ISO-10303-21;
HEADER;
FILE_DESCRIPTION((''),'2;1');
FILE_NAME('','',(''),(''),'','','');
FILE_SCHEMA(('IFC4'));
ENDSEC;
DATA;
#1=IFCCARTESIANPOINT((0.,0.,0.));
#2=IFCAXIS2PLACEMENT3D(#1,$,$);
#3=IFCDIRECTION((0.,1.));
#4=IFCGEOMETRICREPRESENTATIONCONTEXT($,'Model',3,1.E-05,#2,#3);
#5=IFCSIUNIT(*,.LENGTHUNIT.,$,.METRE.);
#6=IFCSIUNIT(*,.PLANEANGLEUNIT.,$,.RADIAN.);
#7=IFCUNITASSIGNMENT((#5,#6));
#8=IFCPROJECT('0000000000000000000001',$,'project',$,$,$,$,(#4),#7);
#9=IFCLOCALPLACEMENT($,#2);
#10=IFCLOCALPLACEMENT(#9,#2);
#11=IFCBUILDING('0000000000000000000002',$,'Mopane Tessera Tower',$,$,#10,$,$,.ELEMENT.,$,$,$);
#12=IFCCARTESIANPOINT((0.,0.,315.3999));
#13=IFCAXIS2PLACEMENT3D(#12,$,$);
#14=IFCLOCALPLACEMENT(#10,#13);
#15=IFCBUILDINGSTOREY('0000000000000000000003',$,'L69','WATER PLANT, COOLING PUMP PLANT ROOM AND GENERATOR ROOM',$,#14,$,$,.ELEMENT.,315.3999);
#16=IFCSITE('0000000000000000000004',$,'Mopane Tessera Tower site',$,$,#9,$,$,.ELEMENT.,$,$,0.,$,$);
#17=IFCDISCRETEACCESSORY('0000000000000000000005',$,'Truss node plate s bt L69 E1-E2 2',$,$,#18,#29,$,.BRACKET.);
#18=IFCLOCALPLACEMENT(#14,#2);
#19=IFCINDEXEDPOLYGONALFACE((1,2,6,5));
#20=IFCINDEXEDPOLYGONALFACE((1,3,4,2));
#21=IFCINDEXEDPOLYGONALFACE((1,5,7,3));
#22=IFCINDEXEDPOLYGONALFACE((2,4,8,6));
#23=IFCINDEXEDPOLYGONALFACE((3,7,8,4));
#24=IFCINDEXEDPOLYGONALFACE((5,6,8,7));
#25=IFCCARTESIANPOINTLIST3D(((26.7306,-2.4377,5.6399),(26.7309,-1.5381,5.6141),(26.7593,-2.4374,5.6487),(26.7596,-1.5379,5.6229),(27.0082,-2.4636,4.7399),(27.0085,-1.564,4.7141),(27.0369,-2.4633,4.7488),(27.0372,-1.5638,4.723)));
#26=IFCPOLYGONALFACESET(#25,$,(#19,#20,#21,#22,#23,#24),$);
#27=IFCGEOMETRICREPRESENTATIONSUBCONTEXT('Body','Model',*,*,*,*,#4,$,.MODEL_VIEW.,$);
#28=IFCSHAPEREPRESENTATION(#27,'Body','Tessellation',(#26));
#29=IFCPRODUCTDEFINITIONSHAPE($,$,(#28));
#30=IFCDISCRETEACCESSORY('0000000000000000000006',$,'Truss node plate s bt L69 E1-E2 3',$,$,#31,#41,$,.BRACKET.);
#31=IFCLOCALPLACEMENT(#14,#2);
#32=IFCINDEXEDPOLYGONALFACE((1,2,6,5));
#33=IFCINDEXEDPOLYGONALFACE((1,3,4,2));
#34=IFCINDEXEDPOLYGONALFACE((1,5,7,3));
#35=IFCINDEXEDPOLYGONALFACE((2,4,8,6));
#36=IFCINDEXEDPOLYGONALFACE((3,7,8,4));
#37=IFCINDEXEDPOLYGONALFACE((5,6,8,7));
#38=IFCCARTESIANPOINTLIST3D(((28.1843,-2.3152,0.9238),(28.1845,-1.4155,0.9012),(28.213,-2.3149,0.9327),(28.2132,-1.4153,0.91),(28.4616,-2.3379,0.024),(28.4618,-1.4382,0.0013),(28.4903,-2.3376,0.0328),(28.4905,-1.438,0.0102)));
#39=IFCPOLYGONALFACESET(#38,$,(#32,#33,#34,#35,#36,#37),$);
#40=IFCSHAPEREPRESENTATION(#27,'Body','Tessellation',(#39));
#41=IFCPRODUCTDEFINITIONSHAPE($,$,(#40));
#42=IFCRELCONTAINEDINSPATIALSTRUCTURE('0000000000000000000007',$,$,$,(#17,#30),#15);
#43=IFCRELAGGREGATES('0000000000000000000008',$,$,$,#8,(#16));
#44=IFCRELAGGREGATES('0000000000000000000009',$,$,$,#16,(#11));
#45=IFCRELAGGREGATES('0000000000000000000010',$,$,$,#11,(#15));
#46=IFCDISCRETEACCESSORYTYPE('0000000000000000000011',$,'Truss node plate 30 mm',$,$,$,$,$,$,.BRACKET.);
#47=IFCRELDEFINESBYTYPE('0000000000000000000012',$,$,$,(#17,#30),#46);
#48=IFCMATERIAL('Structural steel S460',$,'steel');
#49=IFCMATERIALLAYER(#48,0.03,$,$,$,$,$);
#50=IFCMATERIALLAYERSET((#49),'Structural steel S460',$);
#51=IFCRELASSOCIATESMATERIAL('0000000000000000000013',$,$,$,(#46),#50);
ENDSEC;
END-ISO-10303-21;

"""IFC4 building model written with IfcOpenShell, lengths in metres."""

from ifc_helpers import new_model, si_unit, direction, frame, origin, origin_2d, place, context, subcontext, project, spatial, rectangle, extrude, material, layer, layer_set, type_object, element, save


model = new_model("IFC4")

# Units and contexts
model_context = context("Model", 3, precision=1e-05, world=origin(), true_north=direction((0.0, 1.0)))
body_context = subcontext(model_context, "Body", "Model", "MODEL_VIEW")
ifc_project = project(units=[si_unit("LENGTHUNIT", "METRE"), si_unit("PLANEANGLEUNIT", "RADIAN")], contexts=[model_context])

# Site, building, storey
site_placement = place(None, origin())
site = spatial("IfcSite", under=ifc_project, at=site_placement, Name="Mopane Tessera Tower site", CompositionType="ELEMENT", RefElevation=0.0)
building_placement = place(site_placement, origin())
building = spatial("IfcBuilding", under=site, at=building_placement, Name="Mopane Tessera Tower", CompositionType="ELEMENT")
storey_placement = place(building_placement, frame((0.0, 0.0, 315.3999)))
storey = spatial("IfcBuildingStorey", under=building, at=storey_placement, Name="L69", Description="WATER PLANT, COOLING PUMP PLANT ROOM AND GENERATOR ROOM", CompositionType="ELEMENT", Elevation=315.3999)

# Discrete accessories
ifc_material_1 = material(Name="Structural steel S460", Category="steel")
ifc_layer_1 = layer(ifc_material_1, 0.03)
ifc_layer_set_1 = layer_set([ifc_layer_1], Name="Structural steel S460")
discrete_accessory_type_1 = type_object("IfcDiscreteAccessoryType", Name="Truss node plate 30 mm", PredefinedType="BRACKET", material=ifc_layer_set_1)
discrete_accessory_1_placement = place(storey_placement, frame((27.0227, -2.0137, 4.7314), z_axis=(-0.294649, 0.027469, 0.955211), x_axis=(-0.955606, -0.008194, -0.294535)))
element("IfcDiscreteAccessory", 1, at=discrete_accessory_1_placement, inside=storey, type_object=discrete_accessory_type_1, Name="Truss node plate s bt L69 E1-E2 2", PredefinedType="BRACKET", context=body_context, shape_type="SweptSolid", body=[
    extrude(rectangle(XDim=0.03, YDim=0.8999, at=origin_2d()), origin(), (0.0, 0.0, 1.0), 0.9421),
])
discrete_accessory_2_placement = place(storey_placement, frame((28.4761, -1.8879, 0.0171), z_axis=(-0.294437, 0.024104, 0.955367), x_axis=(-0.955671, -0.007236, -0.294349)))
element("IfcDiscreteAccessory", 2, at=discrete_accessory_2_placement, inside=storey, type_object=discrete_accessory_type_1, Name="Truss node plate s bt L69 E1-E2 3", PredefinedType="BRACKET", context=body_context, shape_type="SweptSolid", body=[
    extrude(rectangle(XDim=0.03, YDim=0.8999, at=origin_2d()), origin(), (0.0, 0.0, 1.0), 0.9419),
])

save(model, "model.ifc")
